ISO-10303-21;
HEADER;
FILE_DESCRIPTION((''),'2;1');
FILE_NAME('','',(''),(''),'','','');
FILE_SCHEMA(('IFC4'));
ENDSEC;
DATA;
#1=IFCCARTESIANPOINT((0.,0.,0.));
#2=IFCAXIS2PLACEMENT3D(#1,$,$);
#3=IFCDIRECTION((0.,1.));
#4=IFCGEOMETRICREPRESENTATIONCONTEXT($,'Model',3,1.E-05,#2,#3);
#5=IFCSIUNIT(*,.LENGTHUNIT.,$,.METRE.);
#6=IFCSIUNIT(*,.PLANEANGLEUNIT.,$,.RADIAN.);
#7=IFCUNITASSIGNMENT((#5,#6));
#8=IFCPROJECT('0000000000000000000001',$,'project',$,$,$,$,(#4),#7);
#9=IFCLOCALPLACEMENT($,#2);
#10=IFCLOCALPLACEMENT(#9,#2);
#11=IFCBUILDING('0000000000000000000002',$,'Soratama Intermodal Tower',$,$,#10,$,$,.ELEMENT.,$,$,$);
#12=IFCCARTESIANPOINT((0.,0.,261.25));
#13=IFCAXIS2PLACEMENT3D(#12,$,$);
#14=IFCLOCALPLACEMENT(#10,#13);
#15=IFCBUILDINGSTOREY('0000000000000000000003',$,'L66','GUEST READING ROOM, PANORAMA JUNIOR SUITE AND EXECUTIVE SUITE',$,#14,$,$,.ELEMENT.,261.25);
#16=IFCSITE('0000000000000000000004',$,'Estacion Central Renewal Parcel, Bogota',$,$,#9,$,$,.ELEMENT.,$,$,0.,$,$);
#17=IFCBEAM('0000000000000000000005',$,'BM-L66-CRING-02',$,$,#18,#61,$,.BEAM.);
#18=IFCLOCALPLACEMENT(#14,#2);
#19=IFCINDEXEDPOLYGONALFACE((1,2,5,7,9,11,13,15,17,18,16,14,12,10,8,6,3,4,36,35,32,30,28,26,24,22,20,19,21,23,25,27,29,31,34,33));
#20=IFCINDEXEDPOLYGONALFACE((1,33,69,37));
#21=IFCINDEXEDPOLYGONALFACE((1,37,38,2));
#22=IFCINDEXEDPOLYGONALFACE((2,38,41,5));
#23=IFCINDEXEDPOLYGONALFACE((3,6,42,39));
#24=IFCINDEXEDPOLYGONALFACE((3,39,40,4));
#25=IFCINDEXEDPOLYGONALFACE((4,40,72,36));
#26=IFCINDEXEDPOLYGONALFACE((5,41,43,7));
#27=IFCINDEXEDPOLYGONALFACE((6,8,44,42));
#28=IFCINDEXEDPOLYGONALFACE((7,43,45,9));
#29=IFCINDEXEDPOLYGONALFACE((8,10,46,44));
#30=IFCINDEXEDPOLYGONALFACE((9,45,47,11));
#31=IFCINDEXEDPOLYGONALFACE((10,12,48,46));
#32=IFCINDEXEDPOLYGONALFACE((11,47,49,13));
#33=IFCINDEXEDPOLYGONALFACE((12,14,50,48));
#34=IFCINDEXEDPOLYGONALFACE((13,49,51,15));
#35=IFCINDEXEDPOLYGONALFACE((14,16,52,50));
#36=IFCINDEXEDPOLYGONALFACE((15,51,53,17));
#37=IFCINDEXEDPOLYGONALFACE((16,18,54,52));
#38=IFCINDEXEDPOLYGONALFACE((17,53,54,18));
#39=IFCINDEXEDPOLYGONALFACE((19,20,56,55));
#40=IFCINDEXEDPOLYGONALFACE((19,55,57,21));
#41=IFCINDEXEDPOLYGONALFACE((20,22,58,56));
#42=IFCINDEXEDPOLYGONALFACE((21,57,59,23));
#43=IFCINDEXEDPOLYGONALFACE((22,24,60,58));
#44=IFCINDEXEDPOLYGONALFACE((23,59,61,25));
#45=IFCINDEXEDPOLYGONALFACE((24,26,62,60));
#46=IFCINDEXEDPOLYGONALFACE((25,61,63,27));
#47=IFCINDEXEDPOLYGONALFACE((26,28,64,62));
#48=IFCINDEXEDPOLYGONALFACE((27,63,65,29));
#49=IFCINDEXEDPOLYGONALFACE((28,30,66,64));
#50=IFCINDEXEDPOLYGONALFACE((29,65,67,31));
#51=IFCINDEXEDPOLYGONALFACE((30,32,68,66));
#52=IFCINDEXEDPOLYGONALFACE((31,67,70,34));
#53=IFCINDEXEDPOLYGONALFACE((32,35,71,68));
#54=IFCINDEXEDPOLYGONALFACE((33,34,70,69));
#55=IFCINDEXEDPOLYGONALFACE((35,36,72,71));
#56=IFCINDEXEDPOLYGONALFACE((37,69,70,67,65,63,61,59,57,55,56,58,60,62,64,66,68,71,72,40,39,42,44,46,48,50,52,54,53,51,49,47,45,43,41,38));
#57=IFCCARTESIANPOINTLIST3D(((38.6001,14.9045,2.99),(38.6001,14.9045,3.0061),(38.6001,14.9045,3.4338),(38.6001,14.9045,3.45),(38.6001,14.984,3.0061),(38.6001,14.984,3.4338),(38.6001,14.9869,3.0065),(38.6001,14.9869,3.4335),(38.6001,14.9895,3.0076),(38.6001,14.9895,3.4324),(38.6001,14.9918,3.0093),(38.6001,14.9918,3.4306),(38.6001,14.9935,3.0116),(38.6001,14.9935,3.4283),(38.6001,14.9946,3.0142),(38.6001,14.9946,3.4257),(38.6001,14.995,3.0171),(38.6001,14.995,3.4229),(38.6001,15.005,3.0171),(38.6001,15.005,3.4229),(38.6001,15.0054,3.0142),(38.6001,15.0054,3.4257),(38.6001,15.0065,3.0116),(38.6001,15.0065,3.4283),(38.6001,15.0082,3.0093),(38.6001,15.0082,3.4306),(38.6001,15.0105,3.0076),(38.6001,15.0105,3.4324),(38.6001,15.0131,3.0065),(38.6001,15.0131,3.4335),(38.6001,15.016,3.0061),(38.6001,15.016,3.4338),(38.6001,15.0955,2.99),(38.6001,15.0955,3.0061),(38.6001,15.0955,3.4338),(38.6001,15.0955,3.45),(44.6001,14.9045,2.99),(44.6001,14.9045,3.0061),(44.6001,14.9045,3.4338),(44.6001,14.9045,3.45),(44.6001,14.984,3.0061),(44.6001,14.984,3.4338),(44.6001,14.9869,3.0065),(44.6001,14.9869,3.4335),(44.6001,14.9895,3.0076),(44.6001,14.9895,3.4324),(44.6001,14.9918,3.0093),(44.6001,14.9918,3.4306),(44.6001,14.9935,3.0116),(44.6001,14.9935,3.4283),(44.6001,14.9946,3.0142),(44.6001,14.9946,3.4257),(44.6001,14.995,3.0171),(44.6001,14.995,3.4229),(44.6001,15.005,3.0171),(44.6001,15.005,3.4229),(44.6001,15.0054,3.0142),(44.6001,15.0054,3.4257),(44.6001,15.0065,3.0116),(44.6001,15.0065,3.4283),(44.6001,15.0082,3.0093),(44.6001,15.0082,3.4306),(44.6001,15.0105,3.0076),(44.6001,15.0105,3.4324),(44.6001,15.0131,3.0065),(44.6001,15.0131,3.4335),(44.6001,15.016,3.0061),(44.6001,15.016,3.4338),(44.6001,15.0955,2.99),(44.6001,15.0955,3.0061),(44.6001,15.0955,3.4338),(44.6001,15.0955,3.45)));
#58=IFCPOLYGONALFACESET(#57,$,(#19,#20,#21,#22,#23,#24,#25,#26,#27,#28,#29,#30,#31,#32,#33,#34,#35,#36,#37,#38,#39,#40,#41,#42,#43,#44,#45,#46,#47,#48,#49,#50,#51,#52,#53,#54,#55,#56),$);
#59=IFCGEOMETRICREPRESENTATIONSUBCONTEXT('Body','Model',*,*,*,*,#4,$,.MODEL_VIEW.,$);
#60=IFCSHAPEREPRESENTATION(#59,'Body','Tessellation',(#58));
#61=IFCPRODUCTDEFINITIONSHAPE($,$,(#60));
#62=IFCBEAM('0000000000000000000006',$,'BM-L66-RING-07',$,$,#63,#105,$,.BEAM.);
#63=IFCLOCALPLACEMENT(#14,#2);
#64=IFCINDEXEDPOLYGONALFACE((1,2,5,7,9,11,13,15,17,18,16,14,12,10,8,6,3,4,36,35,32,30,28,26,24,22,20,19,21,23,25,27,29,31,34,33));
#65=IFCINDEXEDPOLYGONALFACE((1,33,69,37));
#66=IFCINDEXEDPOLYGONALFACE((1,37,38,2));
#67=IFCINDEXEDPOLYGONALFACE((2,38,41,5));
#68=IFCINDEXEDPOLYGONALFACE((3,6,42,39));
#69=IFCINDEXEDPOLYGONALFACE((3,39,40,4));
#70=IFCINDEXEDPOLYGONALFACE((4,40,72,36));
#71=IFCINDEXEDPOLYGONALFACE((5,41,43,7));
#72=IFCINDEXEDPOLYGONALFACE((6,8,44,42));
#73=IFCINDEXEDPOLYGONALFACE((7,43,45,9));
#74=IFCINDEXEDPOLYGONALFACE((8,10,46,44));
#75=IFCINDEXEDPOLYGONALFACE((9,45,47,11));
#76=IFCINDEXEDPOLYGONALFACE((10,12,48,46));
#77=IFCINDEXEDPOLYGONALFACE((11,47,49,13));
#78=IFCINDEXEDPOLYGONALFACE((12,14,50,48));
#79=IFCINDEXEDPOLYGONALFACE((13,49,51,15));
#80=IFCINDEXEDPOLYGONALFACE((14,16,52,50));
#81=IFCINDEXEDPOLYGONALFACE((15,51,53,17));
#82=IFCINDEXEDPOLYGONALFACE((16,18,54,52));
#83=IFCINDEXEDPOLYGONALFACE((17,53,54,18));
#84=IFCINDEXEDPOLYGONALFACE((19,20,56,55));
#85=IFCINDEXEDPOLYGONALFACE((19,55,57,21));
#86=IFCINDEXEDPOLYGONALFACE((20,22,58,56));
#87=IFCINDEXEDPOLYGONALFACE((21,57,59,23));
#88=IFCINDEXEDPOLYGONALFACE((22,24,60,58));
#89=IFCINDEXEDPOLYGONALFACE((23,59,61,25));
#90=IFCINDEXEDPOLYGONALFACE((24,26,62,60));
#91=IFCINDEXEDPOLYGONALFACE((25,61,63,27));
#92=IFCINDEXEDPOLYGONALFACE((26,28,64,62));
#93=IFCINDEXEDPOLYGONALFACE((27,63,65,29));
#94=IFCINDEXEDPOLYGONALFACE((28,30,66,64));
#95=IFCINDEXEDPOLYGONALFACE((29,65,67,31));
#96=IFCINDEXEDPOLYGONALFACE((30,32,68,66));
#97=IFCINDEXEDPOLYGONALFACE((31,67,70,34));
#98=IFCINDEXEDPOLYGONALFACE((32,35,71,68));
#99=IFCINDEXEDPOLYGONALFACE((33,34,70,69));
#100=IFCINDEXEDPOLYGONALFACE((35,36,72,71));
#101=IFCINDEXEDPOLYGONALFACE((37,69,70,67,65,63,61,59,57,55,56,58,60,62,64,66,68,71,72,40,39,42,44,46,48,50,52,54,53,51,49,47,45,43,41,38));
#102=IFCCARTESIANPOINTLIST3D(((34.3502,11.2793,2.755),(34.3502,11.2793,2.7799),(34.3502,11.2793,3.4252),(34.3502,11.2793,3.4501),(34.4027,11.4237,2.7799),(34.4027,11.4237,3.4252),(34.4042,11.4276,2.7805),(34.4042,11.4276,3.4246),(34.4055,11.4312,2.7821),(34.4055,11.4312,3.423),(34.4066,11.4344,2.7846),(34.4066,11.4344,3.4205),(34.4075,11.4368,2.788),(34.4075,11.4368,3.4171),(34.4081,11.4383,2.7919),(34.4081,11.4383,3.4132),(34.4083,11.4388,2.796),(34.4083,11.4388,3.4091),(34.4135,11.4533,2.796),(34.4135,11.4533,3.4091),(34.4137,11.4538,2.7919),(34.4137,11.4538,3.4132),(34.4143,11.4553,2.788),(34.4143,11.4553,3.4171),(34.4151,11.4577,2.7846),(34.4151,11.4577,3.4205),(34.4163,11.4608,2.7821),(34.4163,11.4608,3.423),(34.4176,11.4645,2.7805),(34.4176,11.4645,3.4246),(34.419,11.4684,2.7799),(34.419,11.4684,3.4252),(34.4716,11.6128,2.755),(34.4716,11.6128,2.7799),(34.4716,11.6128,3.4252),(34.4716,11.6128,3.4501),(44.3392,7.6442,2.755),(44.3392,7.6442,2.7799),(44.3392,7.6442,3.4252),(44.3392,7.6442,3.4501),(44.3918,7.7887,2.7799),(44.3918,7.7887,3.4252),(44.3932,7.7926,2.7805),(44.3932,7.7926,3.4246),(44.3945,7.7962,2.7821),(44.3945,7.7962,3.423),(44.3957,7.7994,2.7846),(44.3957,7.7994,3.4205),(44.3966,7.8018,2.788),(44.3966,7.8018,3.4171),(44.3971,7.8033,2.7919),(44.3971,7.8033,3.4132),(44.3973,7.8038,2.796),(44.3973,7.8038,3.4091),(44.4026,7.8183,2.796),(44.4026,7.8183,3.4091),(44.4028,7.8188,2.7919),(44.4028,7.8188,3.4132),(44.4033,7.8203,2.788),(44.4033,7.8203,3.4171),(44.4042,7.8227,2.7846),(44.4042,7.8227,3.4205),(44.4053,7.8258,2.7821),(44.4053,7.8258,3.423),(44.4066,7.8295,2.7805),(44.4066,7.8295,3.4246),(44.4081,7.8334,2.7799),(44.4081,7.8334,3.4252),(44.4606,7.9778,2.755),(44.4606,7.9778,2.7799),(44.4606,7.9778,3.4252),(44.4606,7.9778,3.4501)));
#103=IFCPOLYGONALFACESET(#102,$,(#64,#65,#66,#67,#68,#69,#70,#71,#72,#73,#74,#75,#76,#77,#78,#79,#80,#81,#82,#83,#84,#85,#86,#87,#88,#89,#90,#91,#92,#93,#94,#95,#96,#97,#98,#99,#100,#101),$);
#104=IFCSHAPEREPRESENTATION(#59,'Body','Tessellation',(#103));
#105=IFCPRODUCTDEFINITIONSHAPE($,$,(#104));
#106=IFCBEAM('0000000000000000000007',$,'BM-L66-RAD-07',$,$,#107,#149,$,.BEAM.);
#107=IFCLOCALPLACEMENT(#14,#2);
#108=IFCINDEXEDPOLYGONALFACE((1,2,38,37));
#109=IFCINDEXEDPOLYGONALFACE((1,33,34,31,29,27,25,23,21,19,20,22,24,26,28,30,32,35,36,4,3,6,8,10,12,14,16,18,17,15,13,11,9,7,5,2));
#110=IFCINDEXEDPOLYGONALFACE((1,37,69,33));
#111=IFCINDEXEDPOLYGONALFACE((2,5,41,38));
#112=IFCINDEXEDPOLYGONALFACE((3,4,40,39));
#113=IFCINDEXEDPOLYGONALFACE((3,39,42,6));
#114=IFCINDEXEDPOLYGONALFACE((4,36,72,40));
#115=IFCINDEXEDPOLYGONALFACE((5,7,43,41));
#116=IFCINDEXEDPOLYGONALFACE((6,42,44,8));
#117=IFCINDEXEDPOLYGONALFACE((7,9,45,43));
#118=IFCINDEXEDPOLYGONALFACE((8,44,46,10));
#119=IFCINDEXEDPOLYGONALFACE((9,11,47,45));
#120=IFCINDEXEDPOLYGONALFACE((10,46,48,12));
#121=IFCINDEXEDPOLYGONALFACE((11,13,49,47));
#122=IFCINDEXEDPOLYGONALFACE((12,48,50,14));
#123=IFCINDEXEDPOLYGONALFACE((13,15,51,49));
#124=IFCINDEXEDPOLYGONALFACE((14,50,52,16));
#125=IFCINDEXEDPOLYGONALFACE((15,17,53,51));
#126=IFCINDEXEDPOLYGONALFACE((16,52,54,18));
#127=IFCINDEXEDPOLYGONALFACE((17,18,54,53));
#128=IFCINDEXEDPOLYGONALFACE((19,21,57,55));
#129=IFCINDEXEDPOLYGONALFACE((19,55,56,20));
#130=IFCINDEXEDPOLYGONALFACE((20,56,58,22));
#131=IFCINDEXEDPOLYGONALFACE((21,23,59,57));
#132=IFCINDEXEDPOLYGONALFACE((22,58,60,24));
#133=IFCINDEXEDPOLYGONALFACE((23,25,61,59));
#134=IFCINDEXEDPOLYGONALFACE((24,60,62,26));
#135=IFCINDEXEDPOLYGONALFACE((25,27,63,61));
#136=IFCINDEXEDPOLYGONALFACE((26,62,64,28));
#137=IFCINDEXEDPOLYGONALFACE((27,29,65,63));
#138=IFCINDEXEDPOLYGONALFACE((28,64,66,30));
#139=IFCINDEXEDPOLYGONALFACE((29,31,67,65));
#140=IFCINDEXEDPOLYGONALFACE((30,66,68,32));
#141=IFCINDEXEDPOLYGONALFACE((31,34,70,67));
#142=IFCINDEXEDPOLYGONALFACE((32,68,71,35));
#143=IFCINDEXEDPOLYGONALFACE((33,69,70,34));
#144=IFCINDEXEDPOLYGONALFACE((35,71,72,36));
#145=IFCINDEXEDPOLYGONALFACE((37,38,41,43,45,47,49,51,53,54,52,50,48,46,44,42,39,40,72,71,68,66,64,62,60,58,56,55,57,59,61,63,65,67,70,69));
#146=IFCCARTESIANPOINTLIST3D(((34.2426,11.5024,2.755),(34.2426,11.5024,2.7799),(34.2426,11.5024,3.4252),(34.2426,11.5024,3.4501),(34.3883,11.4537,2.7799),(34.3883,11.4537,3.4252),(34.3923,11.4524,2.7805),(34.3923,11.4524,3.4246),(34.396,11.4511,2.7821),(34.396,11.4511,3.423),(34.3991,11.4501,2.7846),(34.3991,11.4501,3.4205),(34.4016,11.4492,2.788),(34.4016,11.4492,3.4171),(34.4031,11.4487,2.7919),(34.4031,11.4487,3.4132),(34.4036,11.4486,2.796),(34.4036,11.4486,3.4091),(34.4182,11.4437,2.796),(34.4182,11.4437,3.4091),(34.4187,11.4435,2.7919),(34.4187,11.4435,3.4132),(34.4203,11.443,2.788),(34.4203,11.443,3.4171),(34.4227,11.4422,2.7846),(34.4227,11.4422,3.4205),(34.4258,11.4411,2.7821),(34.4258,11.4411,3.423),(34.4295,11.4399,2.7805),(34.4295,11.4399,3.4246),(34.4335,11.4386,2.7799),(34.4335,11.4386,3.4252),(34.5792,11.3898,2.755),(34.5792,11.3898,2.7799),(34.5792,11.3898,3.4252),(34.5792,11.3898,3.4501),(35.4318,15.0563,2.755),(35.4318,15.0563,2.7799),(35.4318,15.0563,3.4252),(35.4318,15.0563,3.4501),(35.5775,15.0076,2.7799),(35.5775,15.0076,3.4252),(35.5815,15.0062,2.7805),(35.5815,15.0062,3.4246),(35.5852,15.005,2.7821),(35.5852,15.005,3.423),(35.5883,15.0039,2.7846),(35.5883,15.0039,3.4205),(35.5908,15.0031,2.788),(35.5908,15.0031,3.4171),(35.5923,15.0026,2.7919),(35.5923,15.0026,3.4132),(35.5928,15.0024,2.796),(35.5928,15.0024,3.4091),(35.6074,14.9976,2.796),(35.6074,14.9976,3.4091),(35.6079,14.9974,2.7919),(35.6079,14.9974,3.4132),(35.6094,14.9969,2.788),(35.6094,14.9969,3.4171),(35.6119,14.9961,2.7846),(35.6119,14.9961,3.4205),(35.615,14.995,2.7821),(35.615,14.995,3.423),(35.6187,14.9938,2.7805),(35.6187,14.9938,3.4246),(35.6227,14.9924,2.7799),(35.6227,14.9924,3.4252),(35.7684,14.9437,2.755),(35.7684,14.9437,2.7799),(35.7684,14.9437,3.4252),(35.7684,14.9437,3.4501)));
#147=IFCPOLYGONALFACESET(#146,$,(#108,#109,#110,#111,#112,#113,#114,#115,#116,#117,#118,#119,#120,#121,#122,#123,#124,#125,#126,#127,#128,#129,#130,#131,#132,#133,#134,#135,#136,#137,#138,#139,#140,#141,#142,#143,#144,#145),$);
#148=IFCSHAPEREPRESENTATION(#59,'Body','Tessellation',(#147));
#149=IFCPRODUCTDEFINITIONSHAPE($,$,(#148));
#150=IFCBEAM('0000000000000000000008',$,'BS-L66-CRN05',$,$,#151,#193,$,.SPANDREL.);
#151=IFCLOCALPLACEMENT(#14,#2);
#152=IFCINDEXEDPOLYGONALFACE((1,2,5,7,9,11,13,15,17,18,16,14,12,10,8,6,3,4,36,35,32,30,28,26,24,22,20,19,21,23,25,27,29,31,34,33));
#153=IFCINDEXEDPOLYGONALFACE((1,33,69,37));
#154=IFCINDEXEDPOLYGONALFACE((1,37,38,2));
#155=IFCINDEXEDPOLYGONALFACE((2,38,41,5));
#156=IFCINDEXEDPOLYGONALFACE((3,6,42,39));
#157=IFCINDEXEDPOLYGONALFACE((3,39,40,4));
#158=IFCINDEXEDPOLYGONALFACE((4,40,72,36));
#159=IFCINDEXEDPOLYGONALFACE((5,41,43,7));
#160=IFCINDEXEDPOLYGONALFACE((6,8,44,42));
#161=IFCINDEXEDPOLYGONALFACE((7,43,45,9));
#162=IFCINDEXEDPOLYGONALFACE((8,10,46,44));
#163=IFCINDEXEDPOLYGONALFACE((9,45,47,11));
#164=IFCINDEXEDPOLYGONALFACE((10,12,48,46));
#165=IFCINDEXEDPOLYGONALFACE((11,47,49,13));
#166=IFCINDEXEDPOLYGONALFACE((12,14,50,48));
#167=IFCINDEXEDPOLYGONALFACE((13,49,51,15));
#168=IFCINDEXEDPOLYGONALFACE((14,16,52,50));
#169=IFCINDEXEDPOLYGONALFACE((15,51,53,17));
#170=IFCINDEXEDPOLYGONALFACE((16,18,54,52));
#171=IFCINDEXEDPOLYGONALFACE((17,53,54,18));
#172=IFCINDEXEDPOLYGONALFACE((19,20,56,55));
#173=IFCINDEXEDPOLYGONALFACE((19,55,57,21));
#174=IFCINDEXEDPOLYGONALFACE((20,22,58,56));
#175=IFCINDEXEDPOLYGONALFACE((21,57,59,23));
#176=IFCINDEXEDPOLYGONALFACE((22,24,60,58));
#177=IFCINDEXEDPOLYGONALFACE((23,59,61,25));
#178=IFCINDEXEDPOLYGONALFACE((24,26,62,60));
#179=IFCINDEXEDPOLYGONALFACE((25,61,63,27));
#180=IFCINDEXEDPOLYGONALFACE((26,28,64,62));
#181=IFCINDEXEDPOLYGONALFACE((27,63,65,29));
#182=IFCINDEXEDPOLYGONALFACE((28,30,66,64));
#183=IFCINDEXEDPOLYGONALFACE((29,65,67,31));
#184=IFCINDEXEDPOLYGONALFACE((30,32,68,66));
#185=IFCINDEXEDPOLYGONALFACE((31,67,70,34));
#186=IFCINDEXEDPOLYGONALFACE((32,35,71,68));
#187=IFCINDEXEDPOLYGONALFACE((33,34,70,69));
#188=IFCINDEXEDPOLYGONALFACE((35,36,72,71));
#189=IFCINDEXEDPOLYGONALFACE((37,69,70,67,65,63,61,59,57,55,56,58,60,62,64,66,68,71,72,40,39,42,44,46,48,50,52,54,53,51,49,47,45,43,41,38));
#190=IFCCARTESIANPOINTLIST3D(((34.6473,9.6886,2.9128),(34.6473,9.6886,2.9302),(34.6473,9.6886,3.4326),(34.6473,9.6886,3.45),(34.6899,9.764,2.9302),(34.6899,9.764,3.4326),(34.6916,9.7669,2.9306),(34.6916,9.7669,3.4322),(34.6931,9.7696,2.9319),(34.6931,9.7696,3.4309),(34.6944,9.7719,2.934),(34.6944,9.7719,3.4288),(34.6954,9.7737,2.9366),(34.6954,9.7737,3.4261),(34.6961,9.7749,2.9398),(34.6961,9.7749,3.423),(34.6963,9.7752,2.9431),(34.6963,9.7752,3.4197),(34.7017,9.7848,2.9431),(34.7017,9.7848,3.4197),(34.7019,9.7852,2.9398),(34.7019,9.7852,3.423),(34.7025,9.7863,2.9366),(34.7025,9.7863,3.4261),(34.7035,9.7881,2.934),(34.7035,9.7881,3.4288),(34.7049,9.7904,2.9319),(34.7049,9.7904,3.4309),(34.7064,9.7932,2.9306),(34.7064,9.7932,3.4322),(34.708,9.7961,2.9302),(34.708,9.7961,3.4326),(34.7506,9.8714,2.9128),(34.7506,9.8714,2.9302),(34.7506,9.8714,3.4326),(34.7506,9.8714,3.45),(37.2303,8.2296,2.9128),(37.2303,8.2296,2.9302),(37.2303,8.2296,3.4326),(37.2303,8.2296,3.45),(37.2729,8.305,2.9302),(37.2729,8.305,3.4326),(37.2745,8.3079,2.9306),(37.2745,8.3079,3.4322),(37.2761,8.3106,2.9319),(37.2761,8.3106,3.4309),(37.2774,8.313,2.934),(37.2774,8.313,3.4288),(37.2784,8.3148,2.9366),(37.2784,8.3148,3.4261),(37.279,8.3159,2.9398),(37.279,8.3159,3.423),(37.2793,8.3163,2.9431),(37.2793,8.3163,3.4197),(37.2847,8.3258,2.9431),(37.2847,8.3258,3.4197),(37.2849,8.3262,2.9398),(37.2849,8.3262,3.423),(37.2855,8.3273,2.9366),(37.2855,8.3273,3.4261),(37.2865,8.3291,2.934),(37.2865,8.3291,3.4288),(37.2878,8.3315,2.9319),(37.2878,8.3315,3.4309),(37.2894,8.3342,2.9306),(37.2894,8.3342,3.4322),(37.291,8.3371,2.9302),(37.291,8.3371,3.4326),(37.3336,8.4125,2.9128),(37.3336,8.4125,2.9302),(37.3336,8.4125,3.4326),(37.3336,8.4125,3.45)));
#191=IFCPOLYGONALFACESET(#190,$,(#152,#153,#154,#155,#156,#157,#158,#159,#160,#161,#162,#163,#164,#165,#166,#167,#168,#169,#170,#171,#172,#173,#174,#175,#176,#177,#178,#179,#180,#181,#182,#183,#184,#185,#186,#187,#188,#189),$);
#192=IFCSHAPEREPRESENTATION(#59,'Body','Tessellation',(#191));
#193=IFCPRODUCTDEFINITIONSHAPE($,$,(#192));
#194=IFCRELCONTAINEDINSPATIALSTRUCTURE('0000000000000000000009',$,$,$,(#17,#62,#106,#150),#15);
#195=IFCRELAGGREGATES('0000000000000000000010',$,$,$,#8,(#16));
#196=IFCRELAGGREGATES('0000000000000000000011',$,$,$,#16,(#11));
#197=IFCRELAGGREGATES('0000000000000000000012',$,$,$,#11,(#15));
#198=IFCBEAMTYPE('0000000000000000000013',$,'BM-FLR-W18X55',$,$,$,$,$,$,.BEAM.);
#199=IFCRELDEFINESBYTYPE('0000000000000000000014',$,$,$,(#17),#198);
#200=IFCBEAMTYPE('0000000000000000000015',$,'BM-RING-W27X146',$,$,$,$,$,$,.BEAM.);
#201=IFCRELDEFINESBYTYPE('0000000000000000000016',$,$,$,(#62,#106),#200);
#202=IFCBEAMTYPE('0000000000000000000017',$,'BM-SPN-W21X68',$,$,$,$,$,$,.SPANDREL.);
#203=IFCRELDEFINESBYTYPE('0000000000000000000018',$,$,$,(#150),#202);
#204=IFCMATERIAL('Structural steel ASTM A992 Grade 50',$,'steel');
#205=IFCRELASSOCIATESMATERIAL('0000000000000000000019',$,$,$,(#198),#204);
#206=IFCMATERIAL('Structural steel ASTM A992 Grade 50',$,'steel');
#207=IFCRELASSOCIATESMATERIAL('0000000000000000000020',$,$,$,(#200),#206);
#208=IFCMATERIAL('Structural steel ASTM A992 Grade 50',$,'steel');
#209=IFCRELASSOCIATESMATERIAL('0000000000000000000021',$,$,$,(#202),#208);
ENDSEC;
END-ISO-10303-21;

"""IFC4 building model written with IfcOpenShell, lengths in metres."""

from ifc_helpers import new_model, si_unit, direction, frame, origin, origin_2d, place, context, subcontext, project, spatial, i_section, extrude, material, material_profile, profile_set, type_object, element, save


model = new_model("IFC4")

# Units and contexts
model_context = context("Model", 3, precision=1e-05, world=origin(), true_north=direction((0.0, 1.0)))
body_context = subcontext(model_context, "Body", "Model", "MODEL_VIEW")
ifc_project = project(units=[si_unit("LENGTHUNIT", "METRE"), si_unit("PLANEANGLEUNIT", "RADIAN")], contexts=[model_context])

# Site, building, storey
site_placement = place(None, origin())
site = spatial("IfcSite", under=ifc_project, at=site_placement, Name="Estacion Central Renewal Parcel, Bogota", CompositionType="ELEMENT", RefElevation=0.0)
building_placement = place(site_placement, origin())
building = spatial("IfcBuilding", under=site, at=building_placement, Name="Soratama Intermodal Tower", CompositionType="ELEMENT")
storey_placement = place(building_placement, frame((0.0, 0.0, 261.25)))
storey = spatial("IfcBuildingStorey", under=building, at=storey_placement, Name="L66", Description="GUEST READING ROOM, PANORAMA JUNIOR SUITE AND EXECUTIVE SUITE", CompositionType="ELEMENT", Elevation=261.25)

# Beams
ifc_material_1 = material(Name="Structural steel ASTM A992 Grade 50", Category="steel")
ifc_material_profile_1 = material_profile(ifc_material_1, i_section(OverallWidth=0.1909, OverallDepth=0.46, WebThickness=0.01, FlangeThickness=0.0161, FilletRadius=0.011, at=origin_2d()), Name="W18X55")
ifc_profile_set_1 = profile_set([ifc_material_profile_1], Name="Structural steel ASTM A992 Grade 50")
beam_type_1 = type_object("IfcBeamType", Name="BM-FLR-W18X55", PredefinedType="BEAM", material=ifc_profile_set_1)
beam_1_placement = place(storey_placement, frame((38.6001, 15.0, 3.22), z_axis=(1.0, 0.0, 0.0), x_axis=(0.0, 1.0, 0.0)))
element("IfcBeam", 1, at=beam_1_placement, inside=storey, type_object=beam_type_1, Name="BM-L66-CRING-02", PredefinedType="BEAM", context=body_context, shape_type="SweptSolid", body=[
    extrude(i_section(OverallWidth=0.1909, OverallDepth=0.46, WebThickness=0.01, FlangeThickness=0.0161, FilletRadius=0.011, at=origin_2d()), origin(), (0.0, 0.0, 1.0), 6.0),
])
ifc_material_2 = material(Name="Structural steel ASTM A992 Grade 50", Category="steel")
ifc_material_profile_2 = material_profile(ifc_material_2, i_section(OverallWidth=0.355, OverallDepth=0.6951, WebThickness=0.0154, FlangeThickness=0.0249, FilletRadius=0.0161, at=origin_2d()), Name="W27X146")
ifc_profile_set_2 = profile_set([ifc_material_profile_2], Name="Structural steel ASTM A992 Grade 50")
beam_type_2 = type_object("IfcBeamType", Name="BM-RING-W27X146", PredefinedType="BEAM", material=ifc_profile_set_2)
beam_2_placement = place(storey_placement, frame((34.4109, 11.446, 3.1025), z_axis=(0.939714, -0.341963, 0.0), x_axis=(0.341963, 0.939714, 0.0)))
element("IfcBeam", 2, at=beam_2_placement, inside=storey, type_object=beam_type_2, Name="BM-L66-RING-07", PredefinedType="BEAM", context=body_context, shape_type="SweptSolid", body=[
    extrude(i_section(OverallWidth=0.355, OverallDepth=0.6951, WebThickness=0.0154, FlangeThickness=0.0249, FilletRadius=0.0161, at=origin_2d()), origin(), (0.0, 0.0, 1.0), 10.6299),
])
beam_3_placement = place(storey_placement, frame((35.6001, 15.0, 3.1025), z_axis=(-0.317322, -0.948318, 0.0), x_axis=(0.948318, -0.317322, 0.0)))
element("IfcBeam", 3, at=beam_3_placement, inside=storey, type_object=beam_type_2, Name="BM-L66-RAD-07", PredefinedType="BEAM", context=body_context, shape_type="SweptSolid", body=[
    extrude(i_section(OverallWidth=0.355, OverallDepth=0.6951, WebThickness=0.0154, FlangeThickness=0.0249, FilletRadius=0.0161, at=origin_2d()), origin(), (0.0, 0.0, 1.0), 3.7476),
])
ifc_material_3 = material(Name="Structural steel ASTM A992 Grade 50", Category="steel")
ifc_material_profile_3 = material_profile(ifc_material_3, i_section(OverallWidth=0.21, OverallDepth=0.5371, WebThickness=0.011, FlangeThickness=0.0173, FilletRadius=0.0129, at=origin_2d()), Name="W21X68")
ifc_profile_set_3 = profile_set([ifc_material_profile_3], Name="Structural steel ASTM A992 Grade 50")
beam_type_3 = type_object("IfcBeamType", Name="BM-SPN-W21X68", PredefinedType="SPANDREL", material=ifc_profile_set_3)
beam_4_placement = place(storey_placement, frame((34.699, 9.78, 3.1814), z_axis=(0.870704, -0.491808, 0.0), x_axis=(0.491808, 0.870704, 0.0)))
element("IfcBeam", 4, at=beam_4_placement, inside=storey, type_object=beam_type_3, Name="BS-L66-CRN05", PredefinedType="SPANDREL", context=body_context, shape_type="SweptSolid", body=[
    extrude(i_section(OverallWidth=0.21, OverallDepth=0.5371, WebThickness=0.011, FlangeThickness=0.0173, FilletRadius=0.0129, at=origin_2d()), origin(), (0.0, 0.0, 1.0), 2.9666),
])

save(model, "model.ifc")
